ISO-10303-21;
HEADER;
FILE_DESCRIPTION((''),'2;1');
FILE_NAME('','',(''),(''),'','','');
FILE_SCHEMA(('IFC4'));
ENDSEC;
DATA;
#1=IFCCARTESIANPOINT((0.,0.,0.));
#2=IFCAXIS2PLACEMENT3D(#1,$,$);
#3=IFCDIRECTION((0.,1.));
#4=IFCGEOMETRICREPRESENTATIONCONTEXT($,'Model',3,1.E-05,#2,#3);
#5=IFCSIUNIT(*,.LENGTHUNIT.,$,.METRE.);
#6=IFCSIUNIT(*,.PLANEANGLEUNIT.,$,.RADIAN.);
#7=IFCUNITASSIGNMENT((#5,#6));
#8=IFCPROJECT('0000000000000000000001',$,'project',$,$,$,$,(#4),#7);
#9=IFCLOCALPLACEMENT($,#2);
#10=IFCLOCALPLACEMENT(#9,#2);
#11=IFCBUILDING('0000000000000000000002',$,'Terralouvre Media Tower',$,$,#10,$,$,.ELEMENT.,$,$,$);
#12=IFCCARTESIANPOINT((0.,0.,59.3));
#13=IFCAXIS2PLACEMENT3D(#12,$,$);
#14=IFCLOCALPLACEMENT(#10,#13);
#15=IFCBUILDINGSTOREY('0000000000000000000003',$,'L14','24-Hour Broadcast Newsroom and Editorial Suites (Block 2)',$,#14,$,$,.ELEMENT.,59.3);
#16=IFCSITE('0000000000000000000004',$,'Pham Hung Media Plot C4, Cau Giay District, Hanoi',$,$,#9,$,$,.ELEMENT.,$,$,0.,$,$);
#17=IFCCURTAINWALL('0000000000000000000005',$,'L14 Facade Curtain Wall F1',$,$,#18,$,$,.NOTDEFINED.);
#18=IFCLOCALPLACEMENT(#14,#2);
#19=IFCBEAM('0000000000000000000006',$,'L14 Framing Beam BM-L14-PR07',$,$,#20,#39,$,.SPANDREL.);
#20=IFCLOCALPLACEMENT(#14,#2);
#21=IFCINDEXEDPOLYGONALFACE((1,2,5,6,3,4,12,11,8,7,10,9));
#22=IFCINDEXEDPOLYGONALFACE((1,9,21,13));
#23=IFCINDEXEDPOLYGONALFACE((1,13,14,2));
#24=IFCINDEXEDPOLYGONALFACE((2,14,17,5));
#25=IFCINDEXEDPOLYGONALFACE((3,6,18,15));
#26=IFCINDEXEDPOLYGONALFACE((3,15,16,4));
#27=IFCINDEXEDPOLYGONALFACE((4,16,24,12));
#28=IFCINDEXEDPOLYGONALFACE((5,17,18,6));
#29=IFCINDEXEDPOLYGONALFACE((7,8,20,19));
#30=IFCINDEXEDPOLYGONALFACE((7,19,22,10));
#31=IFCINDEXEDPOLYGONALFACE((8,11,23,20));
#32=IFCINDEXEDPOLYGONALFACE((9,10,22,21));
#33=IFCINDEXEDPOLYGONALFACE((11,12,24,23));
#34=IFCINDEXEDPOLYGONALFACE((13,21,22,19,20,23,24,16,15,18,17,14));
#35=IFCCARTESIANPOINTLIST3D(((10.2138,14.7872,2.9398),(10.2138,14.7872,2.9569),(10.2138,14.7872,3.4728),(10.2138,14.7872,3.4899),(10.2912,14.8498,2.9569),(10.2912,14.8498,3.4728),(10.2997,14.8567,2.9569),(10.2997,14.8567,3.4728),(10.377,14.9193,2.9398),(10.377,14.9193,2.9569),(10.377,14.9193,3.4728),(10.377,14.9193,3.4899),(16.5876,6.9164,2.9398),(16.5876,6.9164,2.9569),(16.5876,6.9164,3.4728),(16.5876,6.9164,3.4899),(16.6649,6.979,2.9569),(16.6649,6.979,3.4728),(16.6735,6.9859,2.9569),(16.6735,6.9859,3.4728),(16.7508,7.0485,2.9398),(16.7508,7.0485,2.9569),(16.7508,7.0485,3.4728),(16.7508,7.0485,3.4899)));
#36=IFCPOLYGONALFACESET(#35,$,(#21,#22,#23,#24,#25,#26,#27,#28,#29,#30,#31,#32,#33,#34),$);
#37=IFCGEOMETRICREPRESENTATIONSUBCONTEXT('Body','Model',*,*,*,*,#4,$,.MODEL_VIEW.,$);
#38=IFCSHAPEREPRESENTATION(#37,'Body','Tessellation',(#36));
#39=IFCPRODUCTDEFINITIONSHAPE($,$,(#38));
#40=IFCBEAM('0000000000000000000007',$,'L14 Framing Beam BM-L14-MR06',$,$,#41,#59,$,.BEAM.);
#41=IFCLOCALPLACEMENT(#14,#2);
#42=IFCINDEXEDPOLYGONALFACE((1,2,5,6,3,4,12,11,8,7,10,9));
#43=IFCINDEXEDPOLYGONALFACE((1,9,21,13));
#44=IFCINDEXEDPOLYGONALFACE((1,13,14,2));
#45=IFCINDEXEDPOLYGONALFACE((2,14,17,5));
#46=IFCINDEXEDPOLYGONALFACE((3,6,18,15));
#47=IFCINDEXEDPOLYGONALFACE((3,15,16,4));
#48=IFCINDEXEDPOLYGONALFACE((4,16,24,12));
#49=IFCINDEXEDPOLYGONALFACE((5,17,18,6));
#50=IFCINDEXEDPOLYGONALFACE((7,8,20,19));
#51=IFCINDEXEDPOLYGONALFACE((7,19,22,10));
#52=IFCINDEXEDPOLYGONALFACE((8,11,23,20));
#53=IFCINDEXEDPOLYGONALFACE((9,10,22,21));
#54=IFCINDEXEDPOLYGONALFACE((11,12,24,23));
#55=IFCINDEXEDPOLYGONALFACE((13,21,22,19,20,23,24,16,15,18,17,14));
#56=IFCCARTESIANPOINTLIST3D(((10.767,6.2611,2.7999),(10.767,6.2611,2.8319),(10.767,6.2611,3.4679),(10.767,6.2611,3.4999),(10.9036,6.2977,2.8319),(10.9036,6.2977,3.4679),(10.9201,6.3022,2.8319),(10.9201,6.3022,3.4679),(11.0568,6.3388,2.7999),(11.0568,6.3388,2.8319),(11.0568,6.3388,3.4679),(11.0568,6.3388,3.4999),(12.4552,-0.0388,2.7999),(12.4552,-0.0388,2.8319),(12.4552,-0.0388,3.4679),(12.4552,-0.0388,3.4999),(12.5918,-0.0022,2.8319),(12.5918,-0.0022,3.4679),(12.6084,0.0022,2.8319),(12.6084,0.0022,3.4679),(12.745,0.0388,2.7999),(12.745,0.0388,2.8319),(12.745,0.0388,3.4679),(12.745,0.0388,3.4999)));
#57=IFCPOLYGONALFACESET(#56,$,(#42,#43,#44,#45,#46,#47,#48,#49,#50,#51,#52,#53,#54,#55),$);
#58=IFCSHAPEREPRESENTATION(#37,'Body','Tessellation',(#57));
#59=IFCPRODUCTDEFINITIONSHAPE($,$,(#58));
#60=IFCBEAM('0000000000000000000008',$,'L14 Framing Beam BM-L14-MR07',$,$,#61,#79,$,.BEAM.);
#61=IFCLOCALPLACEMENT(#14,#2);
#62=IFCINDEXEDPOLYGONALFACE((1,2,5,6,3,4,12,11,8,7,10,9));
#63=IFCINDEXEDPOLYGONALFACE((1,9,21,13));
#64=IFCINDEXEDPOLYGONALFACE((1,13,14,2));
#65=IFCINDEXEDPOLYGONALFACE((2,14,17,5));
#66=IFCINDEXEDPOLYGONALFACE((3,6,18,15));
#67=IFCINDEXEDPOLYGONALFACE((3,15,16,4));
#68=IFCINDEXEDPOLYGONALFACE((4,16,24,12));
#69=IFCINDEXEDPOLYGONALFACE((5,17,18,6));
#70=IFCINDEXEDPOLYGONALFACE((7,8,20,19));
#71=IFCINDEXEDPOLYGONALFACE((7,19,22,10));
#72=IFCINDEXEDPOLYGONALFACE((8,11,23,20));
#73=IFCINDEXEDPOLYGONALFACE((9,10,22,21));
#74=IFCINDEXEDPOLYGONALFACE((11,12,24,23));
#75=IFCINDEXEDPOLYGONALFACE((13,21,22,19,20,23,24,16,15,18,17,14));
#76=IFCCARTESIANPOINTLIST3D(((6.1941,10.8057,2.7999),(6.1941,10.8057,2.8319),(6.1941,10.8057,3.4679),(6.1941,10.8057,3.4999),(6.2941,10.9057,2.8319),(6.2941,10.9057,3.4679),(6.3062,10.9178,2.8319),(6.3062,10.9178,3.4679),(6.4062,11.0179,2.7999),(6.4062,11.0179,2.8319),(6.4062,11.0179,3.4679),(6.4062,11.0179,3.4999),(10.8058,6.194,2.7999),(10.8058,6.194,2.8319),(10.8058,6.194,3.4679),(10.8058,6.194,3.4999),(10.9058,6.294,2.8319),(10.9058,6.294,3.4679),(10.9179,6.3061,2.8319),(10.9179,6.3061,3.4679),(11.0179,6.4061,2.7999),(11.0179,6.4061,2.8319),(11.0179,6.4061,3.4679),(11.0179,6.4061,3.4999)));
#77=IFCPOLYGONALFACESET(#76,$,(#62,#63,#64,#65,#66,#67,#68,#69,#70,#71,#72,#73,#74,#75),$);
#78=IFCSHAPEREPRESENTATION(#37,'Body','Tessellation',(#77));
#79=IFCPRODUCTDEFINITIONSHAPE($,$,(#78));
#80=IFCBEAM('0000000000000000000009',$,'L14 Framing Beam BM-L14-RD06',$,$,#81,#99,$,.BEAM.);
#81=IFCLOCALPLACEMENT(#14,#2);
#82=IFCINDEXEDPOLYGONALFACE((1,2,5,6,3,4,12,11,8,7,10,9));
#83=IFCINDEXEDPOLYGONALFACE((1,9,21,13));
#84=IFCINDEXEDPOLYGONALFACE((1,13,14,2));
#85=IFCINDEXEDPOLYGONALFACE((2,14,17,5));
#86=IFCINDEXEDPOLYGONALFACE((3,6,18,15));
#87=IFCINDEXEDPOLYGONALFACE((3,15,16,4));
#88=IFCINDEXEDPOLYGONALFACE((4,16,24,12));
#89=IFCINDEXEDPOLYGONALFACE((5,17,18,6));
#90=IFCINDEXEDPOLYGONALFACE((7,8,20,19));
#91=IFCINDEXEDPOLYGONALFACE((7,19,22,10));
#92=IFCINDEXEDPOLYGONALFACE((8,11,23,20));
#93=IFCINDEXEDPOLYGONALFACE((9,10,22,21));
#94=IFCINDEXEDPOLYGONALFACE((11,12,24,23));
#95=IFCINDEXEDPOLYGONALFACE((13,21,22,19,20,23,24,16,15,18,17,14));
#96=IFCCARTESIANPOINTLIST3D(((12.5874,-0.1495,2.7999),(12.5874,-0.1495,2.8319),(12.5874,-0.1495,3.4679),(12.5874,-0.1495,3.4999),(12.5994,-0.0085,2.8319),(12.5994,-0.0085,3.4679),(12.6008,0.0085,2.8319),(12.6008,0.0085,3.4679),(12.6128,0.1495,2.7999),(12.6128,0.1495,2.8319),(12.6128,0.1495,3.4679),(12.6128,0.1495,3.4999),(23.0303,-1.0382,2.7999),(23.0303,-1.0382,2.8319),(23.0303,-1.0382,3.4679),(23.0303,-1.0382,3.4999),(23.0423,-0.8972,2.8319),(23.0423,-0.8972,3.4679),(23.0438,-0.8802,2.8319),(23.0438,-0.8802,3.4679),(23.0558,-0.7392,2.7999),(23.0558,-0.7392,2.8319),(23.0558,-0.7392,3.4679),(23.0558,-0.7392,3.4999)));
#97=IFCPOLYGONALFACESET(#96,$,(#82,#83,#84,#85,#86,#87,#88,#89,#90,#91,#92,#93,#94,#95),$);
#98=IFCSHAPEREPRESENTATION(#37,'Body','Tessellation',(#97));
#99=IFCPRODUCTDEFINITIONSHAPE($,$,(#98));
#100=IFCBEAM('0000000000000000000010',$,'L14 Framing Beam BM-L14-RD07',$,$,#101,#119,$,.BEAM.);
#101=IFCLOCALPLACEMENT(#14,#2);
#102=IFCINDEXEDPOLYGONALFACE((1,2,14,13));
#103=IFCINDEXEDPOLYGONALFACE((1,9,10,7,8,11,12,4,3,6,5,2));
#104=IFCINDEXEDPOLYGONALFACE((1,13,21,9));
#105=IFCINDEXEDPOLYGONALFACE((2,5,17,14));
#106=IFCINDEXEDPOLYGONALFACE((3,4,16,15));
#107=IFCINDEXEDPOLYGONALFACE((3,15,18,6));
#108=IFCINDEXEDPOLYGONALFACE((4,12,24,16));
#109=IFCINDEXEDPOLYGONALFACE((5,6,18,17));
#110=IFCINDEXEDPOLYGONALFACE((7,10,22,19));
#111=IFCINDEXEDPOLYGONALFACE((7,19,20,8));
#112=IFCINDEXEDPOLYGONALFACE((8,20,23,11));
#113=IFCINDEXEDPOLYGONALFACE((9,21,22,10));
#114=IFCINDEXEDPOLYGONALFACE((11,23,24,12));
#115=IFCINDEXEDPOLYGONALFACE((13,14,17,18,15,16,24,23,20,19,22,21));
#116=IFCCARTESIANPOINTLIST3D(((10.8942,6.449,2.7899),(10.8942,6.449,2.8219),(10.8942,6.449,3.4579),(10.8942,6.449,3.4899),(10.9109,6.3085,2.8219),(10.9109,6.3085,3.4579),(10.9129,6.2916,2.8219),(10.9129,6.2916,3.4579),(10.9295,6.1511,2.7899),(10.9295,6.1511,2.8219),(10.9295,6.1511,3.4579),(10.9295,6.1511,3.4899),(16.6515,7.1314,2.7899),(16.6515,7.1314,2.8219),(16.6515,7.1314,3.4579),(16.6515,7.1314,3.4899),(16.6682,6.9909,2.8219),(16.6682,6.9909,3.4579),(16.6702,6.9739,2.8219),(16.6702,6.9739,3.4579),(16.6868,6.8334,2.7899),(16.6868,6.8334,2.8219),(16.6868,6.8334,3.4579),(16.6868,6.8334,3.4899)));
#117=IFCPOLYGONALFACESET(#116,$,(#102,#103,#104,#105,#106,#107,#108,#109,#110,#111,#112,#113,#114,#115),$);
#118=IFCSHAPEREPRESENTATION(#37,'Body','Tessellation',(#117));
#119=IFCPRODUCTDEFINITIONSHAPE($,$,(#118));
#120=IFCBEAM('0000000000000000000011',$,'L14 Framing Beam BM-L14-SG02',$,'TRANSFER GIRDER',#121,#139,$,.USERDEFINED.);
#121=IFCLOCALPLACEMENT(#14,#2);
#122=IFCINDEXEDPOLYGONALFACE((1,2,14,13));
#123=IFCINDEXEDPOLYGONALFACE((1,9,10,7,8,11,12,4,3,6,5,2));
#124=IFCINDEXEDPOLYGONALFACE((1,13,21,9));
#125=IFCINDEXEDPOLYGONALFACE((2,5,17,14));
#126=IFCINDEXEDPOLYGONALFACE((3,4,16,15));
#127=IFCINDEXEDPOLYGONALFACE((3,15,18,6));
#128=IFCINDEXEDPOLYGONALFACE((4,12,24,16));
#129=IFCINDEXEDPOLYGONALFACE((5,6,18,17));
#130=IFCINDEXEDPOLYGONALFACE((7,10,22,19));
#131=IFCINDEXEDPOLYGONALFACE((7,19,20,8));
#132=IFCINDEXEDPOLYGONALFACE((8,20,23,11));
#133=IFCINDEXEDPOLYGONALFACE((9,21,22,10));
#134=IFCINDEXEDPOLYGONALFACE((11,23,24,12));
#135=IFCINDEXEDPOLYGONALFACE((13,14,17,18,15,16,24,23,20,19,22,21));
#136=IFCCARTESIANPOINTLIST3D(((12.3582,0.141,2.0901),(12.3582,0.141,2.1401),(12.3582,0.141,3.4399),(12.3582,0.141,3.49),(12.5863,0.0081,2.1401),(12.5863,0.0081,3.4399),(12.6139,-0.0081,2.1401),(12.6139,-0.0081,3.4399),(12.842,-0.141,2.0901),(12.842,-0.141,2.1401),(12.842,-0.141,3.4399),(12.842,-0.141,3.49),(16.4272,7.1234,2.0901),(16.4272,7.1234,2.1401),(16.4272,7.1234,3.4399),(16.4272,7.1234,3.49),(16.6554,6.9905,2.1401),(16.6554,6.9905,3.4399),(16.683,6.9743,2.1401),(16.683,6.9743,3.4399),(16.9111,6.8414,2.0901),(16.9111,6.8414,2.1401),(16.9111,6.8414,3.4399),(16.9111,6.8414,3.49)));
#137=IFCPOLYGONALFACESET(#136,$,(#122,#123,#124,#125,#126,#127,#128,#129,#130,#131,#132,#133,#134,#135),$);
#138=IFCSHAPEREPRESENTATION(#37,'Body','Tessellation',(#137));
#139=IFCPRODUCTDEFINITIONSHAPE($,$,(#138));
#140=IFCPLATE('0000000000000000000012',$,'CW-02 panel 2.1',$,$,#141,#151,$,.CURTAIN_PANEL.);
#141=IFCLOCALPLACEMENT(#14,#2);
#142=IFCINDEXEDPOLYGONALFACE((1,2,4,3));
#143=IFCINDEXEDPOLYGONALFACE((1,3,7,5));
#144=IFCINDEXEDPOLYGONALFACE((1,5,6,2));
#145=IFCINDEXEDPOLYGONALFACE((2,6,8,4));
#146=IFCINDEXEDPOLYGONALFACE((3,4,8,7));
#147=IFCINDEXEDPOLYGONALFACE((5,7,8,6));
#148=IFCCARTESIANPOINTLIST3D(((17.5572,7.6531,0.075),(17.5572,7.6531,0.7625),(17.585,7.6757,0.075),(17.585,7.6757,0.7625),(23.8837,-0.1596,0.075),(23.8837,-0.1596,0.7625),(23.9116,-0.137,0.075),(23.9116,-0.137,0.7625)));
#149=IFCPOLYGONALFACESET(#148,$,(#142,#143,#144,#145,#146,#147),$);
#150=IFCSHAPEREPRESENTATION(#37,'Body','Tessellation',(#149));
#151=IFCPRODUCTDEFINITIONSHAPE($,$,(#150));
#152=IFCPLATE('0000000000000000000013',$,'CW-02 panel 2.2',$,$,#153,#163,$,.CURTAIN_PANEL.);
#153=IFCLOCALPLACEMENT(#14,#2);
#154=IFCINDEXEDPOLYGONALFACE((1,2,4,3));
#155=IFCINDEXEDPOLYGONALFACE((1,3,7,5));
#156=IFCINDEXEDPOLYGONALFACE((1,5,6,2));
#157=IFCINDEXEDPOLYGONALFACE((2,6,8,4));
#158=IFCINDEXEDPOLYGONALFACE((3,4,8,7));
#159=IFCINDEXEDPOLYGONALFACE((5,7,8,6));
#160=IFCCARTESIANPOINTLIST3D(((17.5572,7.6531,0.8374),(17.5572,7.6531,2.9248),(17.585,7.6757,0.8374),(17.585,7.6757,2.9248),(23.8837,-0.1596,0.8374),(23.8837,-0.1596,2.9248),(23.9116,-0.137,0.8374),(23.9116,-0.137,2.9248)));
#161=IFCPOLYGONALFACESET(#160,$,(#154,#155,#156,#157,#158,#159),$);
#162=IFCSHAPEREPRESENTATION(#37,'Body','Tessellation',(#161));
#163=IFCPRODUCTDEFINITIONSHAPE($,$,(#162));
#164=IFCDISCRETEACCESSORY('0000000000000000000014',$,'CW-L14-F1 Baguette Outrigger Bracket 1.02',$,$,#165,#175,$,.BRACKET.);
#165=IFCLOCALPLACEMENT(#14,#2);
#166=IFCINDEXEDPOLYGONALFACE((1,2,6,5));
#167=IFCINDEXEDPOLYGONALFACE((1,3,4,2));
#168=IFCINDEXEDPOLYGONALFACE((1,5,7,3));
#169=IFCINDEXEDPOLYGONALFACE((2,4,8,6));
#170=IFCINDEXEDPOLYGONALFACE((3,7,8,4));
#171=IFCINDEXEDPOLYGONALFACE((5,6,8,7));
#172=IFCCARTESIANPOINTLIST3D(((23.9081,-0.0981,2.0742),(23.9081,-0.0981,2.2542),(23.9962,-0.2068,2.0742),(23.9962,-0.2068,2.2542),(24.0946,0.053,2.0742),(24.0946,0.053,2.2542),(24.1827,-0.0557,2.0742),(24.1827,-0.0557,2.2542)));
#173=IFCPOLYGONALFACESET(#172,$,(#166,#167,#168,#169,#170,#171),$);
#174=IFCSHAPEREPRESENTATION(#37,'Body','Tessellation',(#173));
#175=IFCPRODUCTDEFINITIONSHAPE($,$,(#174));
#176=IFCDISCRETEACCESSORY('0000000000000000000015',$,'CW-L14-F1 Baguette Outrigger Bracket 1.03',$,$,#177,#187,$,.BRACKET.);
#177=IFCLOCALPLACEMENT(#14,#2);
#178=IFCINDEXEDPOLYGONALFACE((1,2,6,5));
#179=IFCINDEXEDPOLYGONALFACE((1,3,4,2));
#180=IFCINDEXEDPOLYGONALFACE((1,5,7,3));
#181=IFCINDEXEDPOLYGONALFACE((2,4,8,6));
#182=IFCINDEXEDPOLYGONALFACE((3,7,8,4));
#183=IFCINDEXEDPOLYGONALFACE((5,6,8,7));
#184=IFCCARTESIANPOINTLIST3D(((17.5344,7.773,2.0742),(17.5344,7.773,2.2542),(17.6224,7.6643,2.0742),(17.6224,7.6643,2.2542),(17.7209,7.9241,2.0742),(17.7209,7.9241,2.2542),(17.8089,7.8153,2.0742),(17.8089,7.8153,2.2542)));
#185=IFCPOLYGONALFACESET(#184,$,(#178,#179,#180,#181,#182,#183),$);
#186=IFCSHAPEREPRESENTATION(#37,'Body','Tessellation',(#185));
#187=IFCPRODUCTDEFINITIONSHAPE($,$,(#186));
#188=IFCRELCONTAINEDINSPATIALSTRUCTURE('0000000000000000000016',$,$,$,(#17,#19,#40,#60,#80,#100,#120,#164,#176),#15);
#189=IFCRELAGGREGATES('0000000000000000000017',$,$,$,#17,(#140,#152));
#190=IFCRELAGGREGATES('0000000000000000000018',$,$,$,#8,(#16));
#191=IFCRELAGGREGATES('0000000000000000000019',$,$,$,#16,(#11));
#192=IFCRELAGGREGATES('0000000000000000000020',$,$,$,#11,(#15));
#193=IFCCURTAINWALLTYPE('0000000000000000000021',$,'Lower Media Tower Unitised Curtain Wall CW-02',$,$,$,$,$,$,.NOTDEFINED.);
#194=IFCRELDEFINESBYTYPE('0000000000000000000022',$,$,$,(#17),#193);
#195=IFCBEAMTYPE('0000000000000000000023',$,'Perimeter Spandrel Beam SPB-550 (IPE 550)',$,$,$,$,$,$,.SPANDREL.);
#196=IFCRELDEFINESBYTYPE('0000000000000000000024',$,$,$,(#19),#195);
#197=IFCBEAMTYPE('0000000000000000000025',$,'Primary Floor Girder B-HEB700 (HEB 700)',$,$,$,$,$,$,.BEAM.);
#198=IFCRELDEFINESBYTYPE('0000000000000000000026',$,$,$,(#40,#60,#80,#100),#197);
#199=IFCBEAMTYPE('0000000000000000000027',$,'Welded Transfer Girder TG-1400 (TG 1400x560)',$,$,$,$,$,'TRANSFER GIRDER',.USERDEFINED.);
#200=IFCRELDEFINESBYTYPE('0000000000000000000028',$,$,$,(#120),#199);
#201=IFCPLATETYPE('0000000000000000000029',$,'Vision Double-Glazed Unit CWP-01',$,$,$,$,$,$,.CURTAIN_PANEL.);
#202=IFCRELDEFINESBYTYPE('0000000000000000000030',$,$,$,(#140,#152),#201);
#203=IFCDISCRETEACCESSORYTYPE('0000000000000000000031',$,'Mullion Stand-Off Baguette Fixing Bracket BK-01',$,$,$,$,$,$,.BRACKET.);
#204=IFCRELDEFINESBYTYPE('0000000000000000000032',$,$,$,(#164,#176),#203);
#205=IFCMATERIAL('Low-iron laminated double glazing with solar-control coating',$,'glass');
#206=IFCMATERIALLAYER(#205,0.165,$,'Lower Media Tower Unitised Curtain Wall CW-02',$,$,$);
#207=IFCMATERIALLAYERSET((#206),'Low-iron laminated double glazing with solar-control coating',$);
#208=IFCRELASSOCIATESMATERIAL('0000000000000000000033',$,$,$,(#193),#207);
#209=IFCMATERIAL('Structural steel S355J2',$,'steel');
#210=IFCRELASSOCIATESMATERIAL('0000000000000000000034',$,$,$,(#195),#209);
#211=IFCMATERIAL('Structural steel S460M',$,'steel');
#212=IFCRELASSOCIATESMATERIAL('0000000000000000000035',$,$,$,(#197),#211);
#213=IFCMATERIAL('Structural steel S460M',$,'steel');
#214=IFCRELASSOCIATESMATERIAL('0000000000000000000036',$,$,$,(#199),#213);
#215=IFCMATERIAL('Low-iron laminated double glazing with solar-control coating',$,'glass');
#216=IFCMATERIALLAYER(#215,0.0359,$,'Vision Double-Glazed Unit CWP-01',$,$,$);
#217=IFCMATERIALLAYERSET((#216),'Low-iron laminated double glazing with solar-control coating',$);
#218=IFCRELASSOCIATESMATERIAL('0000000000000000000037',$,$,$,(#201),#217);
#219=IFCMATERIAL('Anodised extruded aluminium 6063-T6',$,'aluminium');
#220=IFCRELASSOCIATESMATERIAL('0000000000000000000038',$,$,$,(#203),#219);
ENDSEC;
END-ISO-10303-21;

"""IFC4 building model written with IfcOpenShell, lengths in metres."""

from ifc_helpers import new_model, si_unit, direction, frame, origin, origin_2d, place, context, subcontext, project, spatial, rectangle, i_section, extrude, material, layer, layer_set, material_profile, profile_set, type_object, element, aggregate, save


model = new_model("IFC4")

# Units and contexts
model_context = context("Model", 3, precision=1e-05, world=origin(), true_north=direction((0.0, 1.0)))
body_context = subcontext(model_context, "Body", "Model", "MODEL_VIEW")
ifc_project = project(units=[si_unit("LENGTHUNIT", "METRE"), si_unit("PLANEANGLEUNIT", "RADIAN")], contexts=[model_context])

# Site, building, storey
site_placement = place(None, origin())
site = spatial("IfcSite", under=ifc_project, at=site_placement, Name="Pham Hung Media Plot C4, Cau Giay District, Hanoi", CompositionType="ELEMENT", RefElevation=0.0)
building_placement = place(site_placement, origin())
building = spatial("IfcBuilding", under=site, at=building_placement, Name="Terralouvre Media Tower", CompositionType="ELEMENT")
storey_placement = place(building_placement, frame((0.0, 0.0, 59.3)))
storey = spatial("IfcBuildingStorey", under=building, at=storey_placement, Name="L14", Description="24-Hour Broadcast Newsroom and Editorial Suites (Block 2)", CompositionType="ELEMENT", Elevation=59.3)

# Curtain wall
ifc_material_1 = material(Name="Low-iron laminated double glazing with solar-control coating", Category="glass")
ifc_layer_1 = layer(ifc_material_1, 0.165, Name="Lower Media Tower Unitised Curtain Wall CW-02")
ifc_layer_set_1 = layer_set([ifc_layer_1], Name="Low-iron laminated double glazing with solar-control coating")
curtain_wall_type = type_object("IfcCurtainWallType", Name="Lower Media Tower Unitised Curtain Wall CW-02", PredefinedType="NOTDEFINED", material=ifc_layer_set_1)
curtain_wall_placement = place(storey_placement, origin())
curtain_wall = element("IfcCurtainWall", 1, at=curtain_wall_placement, inside=storey, type_object=curtain_wall_type, Name="L14 Facade Curtain Wall F1", PredefinedType="NOTDEFINED")

# Beams
ifc_material_2 = material(Name="Structural steel S355J2", Category="steel")
ifc_material_profile_1 = material_profile(ifc_material_2, i_section(OverallWidth=0.21, OverallDepth=0.55, WebThickness=0.011, FlangeThickness=0.0171, at=origin_2d()), Name="IPE 550")
ifc_profile_set_1 = profile_set([ifc_material_profile_1], Name="Structural steel S355J2")
beam_type_1 = type_object("IfcBeamType", Name="Perimeter Spandrel Beam SPB-550 (IPE 550)", PredefinedType="SPANDREL", material=ifc_profile_set_1)
beam_1_placement = place(storey_placement, frame((16.6692, 6.9824, 3.2148), z_axis=(-0.629326, 0.777142, 0.0), x_axis=(-0.777142, -0.629326, 0.0)))
element("IfcBeam", 2, at=beam_1_placement, inside=storey, type_object=beam_type_1, Name="L14 Framing Beam BM-L14-PR07", PredefinedType="SPANDREL", context=body_context, shape_type="SweptSolid", body=[
    extrude(i_section(OverallWidth=0.21, OverallDepth=0.55, WebThickness=0.011, FlangeThickness=0.0171, at=origin_2d()), origin(), (0.0, 0.0, 1.0), 10.1279),
])
ifc_material_3 = material(Name="Structural steel S460M", Category="steel")
ifc_material_profile_2 = material_profile(ifc_material_3, i_section(OverallWidth=0.3, OverallDepth=0.7, WebThickness=0.0171, FlangeThickness=0.032, at=origin_2d()), Name="HEB 700")
ifc_profile_set_2 = profile_set([ifc_material_profile_2], Name="Structural steel S460M")
beam_type_2 = type_object("IfcBeamType", Name="Primary Floor Girder B-HEB700 (HEB 700)", PredefinedType="BEAM", material=ifc_profile_set_2)
beam_2_placement = place(storey_placement, frame((12.6001, 0.0, 3.1499), z_axis=(-0.258839, 0.96592, 0.0), x_axis=(-0.96592, -0.258839, 0.0)))
element("IfcBeam", 3, at=beam_2_placement, inside=storey, type_object=beam_type_2, Name="L14 Framing Beam BM-L14-MR06", PredefinedType="BEAM", context=body_context, shape_type="SweptSolid", body=[
    extrude(i_section(OverallWidth=0.3, OverallDepth=0.7, WebThickness=0.0171, FlangeThickness=0.032, at=origin_2d()), origin(), (0.0, 0.0, 1.0), 6.5222),
])
beam_3_placement = place(storey_placement, frame((10.9119, 6.3, 3.1499), z_axis=(-0.707107, 0.707107, 0.0), x_axis=(-0.707107, -0.707107, 0.0)))
element("IfcBeam", 4, at=beam_3_placement, inside=storey, type_object=beam_type_2, Name="L14 Framing Beam BM-L14-MR07", PredefinedType="BEAM", context=body_context, shape_type="SweptSolid", body=[
    extrude(i_section(OverallWidth=0.3, OverallDepth=0.7, WebThickness=0.0171, FlangeThickness=0.032, at=origin_2d()), origin(), (0.0, 0.0, 1.0), 6.522),
])
beam_4_placement = place(storey_placement, frame((12.6001, 0.0, 3.1499), z_axis=(0.996399, -0.084792, 0.0), x_axis=(0.084792, 0.996399, 0.0)))
element("IfcBeam", 5, at=beam_4_placement, inside=storey, type_object=beam_type_2, Name="L14 Framing Beam BM-L14-RD06", PredefinedType="BEAM", context=body_context, shape_type="SweptSolid", body=[
    extrude(i_section(OverallWidth=0.3, OverallDepth=0.7, WebThickness=0.0171, FlangeThickness=0.032, at=origin_2d()), origin(), (0.0, 0.0, 1.0), 10.4807),
])
beam_5_placement = place(storey_placement, frame((10.9119, 6.3, 3.1399), z_axis=(0.993049, 0.117699, 0.0), x_axis=(-0.117699, 0.993049, 0.0)))
element("IfcBeam", 6, at=beam_5_placement, inside=storey, type_object=beam_type_2, Name="L14 Framing Beam BM-L14-RD07", PredefinedType="BEAM", context=body_context, shape_type="SweptSolid", body=[
    extrude(i_section(OverallWidth=0.3, OverallDepth=0.7, WebThickness=0.0171, FlangeThickness=0.032, at=origin_2d()), origin(), (0.0, 0.0, 1.0), 5.7976),
])
ifc_material_4 = material(Name="Structural steel S460M", Category="steel")
ifc_material_profile_3 = material_profile(ifc_material_4, i_section(OverallWidth=0.5601, OverallDepth=1.3999, WebThickness=0.032, FlangeThickness=0.05, at=origin_2d()), Name="TG 1400x560")
ifc_profile_set_3 = profile_set([ifc_material_profile_3], Name="Structural steel S460M")
beam_type_3 = type_object("IfcBeamType", Name="Welded Transfer Girder TG-1400 (TG 1400x560)", ElementType="TRANSFER GIRDER", PredefinedType="USERDEFINED", material=ifc_profile_set_3)
beam_6_placement = place(storey_placement, frame((12.6001, 0.0, 2.79), z_axis=(0.503503, 0.863994, 0.0), x_axis=(-0.863994, 0.503503, 0.0)))
element("IfcBeam", 7, at=beam_6_placement, inside=storey, type_object=beam_type_3, Name="L14 Framing Beam BM-L14-SG02", ObjectType="TRANSFER GIRDER", PredefinedType="USERDEFINED", context=body_context, shape_type="SweptSolid", body=[
    extrude(i_section(OverallWidth=0.5601, OverallDepth=1.3999, WebThickness=0.032, FlangeThickness=0.05, at=origin_2d()), origin(), (0.0, 0.0, 1.0), 8.0815),
])

# Plates
ifc_material_5 = material(Name="Low-iron laminated double glazing with solar-control coating", Category="glass")
ifc_layer_2 = layer(ifc_material_5, 0.0359, Name="Vision Double-Glazed Unit CWP-01")
ifc_layer_set_2 = layer_set([ifc_layer_2], Name="Low-iron laminated double glazing with solar-control coating")
plate_type = type_object("IfcPlateType", Name="Vision Double-Glazed Unit CWP-01", PredefinedType="CURTAIN_PANEL", material=ifc_layer_set_2)
plate_1_placement = place(storey_placement, frame((20.7344, 3.7581, 0.075), z_axis=(0.0, 0.0, 1.0), x_axis=(-0.62932, 0.777146, 0.0)))
plate_1 = element("IfcPlate", 8, at=plate_1_placement, type_object=plate_type, Name="CW-02 panel 2.1", PredefinedType="CURTAIN_PANEL", context=body_context, shape_type="SweptSolid", body=[
    extrude(rectangle(XDim=10.053, YDim=0.0359, at=origin_2d()), origin(), (0.0, 0.0, 1.0), 0.6875),
])
plate_2_placement = place(storey_placement, frame((20.7344, 3.7581, 0.8374), z_axis=(0.0, 0.0, 1.0), x_axis=(-0.62932, 0.777146, 0.0)))
plate_2 = element("IfcPlate", 9, at=plate_2_placement, type_object=plate_type, Name="CW-02 panel 2.2", PredefinedType="CURTAIN_PANEL", context=body_context, shape_type="SweptSolid", body=[
    extrude(rectangle(XDim=10.053, YDim=0.0359, at=origin_2d()), origin(), (0.0, 0.0, 1.0), 2.0874),
])
aggregate(curtain_wall, [plate_1, plate_2])

# Discrete accessories
ifc_material_6 = material(Name="Anodised extruded aluminium 6063-T6", Category="aluminium")
discrete_accessory_type = type_object("IfcDiscreteAccessoryType", Name="Mullion Stand-Off Baguette Fixing Bracket BK-01", PredefinedType="BRACKET", material=ifc_material_6)
for number, where, z_axis, x_axis, name in (
    (10, (24.0454, -0.0769, 2.0742), (0.0, 0.0, 1.0), (-0.62932, 0.777146, 0.0), "CW-L14-F1 Baguette Outrigger Bracket 1.02"),
    (11, (17.6716, 7.7942, 2.0742), (0.0, 0.0, 1.0), (-0.62932, 0.777146, 0.0), "CW-L14-F1 Baguette Outrigger Bracket 1.03"),
):
    element("IfcDiscreteAccessory", number, at=place(storey_placement, frame(where, z_axis=z_axis, x_axis=x_axis)), inside=storey, type_object=discrete_accessory_type, Name=name, PredefinedType="BRACKET", context=body_context, shape_type="SweptSolid", body=[
        extrude(rectangle(XDim=0.1399, YDim=0.24, at=origin_2d()), origin(), (0.0, 0.0, 1.0), 0.1799),
    ])

save(model, "model.ifc")
